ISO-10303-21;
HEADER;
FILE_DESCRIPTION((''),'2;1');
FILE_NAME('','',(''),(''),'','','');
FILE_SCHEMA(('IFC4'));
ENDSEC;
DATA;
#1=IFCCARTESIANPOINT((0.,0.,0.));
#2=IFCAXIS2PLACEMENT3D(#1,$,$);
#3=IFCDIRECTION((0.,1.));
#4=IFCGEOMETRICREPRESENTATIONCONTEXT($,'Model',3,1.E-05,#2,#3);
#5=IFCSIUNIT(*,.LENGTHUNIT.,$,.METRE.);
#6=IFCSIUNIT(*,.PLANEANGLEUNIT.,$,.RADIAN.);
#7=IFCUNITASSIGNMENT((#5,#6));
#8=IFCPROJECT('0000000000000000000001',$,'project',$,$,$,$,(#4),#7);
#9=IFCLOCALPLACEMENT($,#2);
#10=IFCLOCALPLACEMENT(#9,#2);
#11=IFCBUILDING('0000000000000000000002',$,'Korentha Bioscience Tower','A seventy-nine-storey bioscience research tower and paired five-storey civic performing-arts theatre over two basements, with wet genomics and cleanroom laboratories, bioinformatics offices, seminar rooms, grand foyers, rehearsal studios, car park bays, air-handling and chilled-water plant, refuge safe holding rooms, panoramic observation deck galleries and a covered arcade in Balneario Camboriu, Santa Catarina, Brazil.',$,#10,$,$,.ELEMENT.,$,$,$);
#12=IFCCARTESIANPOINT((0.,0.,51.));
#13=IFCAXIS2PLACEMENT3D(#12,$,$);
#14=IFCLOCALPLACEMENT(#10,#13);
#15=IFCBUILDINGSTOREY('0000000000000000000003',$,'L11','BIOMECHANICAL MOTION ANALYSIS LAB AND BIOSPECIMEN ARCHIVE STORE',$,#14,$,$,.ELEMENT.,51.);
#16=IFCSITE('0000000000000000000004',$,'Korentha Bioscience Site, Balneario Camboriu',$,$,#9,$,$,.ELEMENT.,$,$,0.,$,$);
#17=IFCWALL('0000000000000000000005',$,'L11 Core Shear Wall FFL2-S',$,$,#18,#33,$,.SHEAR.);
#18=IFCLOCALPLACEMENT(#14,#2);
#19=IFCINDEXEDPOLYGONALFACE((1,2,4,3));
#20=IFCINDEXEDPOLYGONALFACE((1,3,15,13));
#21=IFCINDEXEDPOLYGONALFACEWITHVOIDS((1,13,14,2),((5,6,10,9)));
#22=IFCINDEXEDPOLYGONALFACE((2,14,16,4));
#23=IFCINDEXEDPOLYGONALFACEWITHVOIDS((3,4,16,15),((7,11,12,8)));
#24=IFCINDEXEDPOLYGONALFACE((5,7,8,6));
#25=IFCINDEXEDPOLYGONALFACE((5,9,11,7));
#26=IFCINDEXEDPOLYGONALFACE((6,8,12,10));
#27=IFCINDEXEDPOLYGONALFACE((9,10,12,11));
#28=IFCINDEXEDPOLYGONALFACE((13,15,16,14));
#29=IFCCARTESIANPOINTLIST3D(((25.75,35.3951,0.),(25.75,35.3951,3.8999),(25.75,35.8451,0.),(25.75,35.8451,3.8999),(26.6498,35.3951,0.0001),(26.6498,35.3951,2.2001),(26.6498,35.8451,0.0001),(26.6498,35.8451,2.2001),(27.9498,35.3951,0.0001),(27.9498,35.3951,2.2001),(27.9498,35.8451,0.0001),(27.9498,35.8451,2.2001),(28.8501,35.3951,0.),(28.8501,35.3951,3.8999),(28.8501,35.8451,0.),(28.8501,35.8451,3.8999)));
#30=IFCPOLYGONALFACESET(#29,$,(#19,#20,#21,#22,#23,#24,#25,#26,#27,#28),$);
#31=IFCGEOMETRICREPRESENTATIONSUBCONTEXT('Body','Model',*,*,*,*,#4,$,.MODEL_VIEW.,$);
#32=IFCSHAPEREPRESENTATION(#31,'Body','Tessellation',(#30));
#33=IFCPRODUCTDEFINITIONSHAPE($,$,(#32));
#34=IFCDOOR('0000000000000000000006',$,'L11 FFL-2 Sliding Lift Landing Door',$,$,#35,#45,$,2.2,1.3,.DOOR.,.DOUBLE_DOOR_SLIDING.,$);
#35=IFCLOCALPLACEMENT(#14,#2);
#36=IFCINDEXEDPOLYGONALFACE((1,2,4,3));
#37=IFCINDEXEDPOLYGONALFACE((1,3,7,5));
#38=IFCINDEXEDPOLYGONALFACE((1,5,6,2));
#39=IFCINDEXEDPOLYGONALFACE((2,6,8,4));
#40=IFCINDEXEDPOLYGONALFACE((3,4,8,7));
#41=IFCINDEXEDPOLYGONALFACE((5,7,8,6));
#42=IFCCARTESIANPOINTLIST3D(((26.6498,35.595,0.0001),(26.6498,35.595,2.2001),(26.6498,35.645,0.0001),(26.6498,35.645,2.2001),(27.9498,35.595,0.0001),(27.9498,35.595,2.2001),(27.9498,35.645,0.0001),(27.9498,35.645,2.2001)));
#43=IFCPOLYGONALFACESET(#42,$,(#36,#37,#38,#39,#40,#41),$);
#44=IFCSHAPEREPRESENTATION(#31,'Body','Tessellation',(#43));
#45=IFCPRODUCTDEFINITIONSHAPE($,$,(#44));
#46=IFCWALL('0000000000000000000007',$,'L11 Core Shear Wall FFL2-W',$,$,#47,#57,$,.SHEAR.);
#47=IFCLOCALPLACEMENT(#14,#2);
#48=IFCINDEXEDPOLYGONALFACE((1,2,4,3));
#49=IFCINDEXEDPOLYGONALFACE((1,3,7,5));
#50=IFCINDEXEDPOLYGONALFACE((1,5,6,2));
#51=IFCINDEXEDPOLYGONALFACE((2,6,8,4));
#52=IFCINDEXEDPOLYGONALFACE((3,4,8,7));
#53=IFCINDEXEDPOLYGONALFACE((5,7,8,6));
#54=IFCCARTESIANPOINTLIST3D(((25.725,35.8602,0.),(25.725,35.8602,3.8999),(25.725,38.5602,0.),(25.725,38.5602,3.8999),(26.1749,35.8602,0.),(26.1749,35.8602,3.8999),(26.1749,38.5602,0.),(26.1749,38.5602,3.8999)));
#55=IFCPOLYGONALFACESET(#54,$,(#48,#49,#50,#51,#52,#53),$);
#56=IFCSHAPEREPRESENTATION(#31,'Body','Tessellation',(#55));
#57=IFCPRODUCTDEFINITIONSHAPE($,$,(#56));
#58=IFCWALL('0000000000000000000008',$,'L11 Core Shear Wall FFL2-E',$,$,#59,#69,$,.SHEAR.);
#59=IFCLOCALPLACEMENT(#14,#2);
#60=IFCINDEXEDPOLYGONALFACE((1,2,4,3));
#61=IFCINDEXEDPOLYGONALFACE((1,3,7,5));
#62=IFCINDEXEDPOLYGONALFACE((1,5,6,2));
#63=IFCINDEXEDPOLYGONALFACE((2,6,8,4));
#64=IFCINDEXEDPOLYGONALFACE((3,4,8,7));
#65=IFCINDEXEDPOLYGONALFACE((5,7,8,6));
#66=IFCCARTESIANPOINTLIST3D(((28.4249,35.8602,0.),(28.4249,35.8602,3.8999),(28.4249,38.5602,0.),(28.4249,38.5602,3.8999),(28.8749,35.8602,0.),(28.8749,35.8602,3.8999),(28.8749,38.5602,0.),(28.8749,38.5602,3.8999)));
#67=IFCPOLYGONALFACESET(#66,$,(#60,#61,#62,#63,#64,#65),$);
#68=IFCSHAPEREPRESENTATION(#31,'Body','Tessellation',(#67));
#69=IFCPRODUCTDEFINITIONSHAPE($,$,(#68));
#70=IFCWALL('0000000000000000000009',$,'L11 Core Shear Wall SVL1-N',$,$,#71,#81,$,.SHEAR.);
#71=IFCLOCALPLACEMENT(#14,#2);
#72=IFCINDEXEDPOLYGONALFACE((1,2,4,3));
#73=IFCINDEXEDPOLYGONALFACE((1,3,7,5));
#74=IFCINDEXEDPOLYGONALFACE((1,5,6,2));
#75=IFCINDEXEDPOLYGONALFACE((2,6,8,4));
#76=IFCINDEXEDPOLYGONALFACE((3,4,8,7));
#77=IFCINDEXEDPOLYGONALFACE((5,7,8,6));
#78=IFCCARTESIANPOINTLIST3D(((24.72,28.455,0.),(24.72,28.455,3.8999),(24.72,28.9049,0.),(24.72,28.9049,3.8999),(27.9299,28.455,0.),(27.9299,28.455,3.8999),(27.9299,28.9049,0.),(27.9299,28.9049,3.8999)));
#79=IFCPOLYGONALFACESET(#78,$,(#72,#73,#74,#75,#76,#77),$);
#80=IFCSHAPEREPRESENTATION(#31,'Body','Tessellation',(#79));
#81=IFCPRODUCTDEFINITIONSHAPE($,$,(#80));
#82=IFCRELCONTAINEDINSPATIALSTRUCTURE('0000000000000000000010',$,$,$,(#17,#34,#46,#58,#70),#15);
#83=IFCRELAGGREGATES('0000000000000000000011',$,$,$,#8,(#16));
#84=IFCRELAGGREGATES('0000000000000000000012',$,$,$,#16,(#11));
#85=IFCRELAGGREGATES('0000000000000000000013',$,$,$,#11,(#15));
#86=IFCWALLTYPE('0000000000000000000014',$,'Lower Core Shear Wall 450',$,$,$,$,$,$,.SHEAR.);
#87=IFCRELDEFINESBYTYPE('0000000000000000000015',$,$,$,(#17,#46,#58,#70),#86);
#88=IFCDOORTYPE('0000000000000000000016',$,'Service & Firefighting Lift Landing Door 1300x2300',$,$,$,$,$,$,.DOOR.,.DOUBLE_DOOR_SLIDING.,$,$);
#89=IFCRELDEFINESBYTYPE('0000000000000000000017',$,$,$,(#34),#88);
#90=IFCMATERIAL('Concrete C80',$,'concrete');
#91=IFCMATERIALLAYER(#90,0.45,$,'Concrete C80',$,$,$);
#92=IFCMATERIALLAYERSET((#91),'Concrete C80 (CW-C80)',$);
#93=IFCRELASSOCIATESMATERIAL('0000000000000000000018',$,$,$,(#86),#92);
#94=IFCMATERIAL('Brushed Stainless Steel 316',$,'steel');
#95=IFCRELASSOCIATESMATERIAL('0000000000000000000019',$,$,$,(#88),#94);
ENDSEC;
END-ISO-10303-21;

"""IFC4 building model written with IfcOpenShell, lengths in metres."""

from ifc_helpers import new_model, si_unit, direction, frame, frame_2d, origin, place, context, subcontext, project, spatial, rectangle, extrude, material, layer, layer_set, type_object, element, fill, save


model = new_model("IFC4")

# Units and contexts
model_context = context("Model", 3, precision=1e-05, world=origin(), true_north=direction((0.0, 1.0)))
body_context = subcontext(model_context, "Body", "Model", "MODEL_VIEW")
ifc_project = project(units=[si_unit("LENGTHUNIT", "METRE"), si_unit("PLANEANGLEUNIT", "RADIAN")], contexts=[model_context])

# Site, building, storey
site_placement = place(None, origin())
site = spatial("IfcSite", under=ifc_project, at=site_placement, Name="Korentha Bioscience Site, Balneario Camboriu", CompositionType="ELEMENT", RefElevation=0.0)
building_placement = place(site_placement, origin())
building = spatial("IfcBuilding", under=site, at=building_placement, Name="Korentha Bioscience Tower", Description="A seventy-nine-storey bioscience research tower and paired five-storey civic performing-arts theatre over two basements, with wet genomics and cleanroom laboratories, bioinformatics offices, seminar rooms, grand foyers, rehearsal studios, car park bays, air-handling and chilled-water plant, refuge safe holding rooms, panoramic observation deck galleries and a covered arcade in Balneario Camboriu, Santa Catarina, Brazil.", CompositionType="ELEMENT")
storey_placement = place(building_placement, frame((0.0, 0.0, 51.0)))
storey = spatial("IfcBuildingStorey", under=building, at=storey_placement, Name="L11", Description="BIOMECHANICAL MOTION ANALYSIS LAB AND BIOSPECIMEN ARCHIVE STORE", CompositionType="ELEMENT", Elevation=51.0)

# Shared definitions
ifc_material_1 = material(Name="Concrete C80", Category="concrete")
ifc_layer_1 = layer(ifc_material_1, 0.45, Name="Concrete C80")
ifc_layer_set_1 = layer_set([ifc_layer_1], Name="Concrete C80 (CW-C80)")
wall_type_1 = type_object("IfcWallType", Name="Lower Core Shear Wall 450", PredefinedType="SHEAR", material=ifc_layer_set_1)

# Wall, opening, door
wall_1_placement = place(storey_placement, frame((25.75, 35.6201, 0.0), z_axis=(0.0, 0.0, 1.0), x_axis=(1.0, 0.0, 0.0)))
wall_1 = element("IfcWall", 1, at=wall_1_placement, inside=storey, type_object=wall_type_1, Name="L11 Core Shear Wall FFL2-S", PredefinedType="SHEAR", context=body_context, shape_type="SweptSolid", body=[
    extrude(rectangle(XDim=3.1001, YDim=0.45, at=frame_2d((1.55, 0.0))), origin(), (0.0, 0.0, 1.0), 3.8999),
])
opening_1_placement = place(wall_1_placement, frame((0.8999, 0.0, 0.0)))
opening_1 = element("IfcOpeningElement", 2, at=opening_1_placement, cuts=wall_1, PredefinedType="OPENING", context=body_context, shape_type="SweptSolid", body=[
    extrude(rectangle(XDim=1.3, YDim=2.2, at=frame_2d((0.6499, 1.1001))), frame((0.0, 0.2397, 0.0), z_axis=(0.0, -1.0, 0.0), x_axis=(1.0, 0.0, 0.0)), (0.0, 0.0, 1.0), 0.4797),
])
ifc_material_2 = material(Name="Brushed Stainless Steel 316", Category="steel")
door_type_1 = type_object("IfcDoorType", Name="Service & Firefighting Lift Landing Door 1300x2300", OperationType="DOUBLE_DOOR_SLIDING", PredefinedType="DOOR", material=ifc_material_2)
door_1_placement = place(opening_1_placement, origin())
door_1 = element("IfcDoor", 3, at=door_1_placement, inside=storey, type_object=door_type_1, Name="L11 FFL-2 Sliding Lift Landing Door", OperationType="DOUBLE_DOOR_SLIDING", OverallHeight=2.2, OverallWidth=1.3, PredefinedType="DOOR", context=body_context, shape_type="SweptSolid", body=[
    extrude(rectangle(XDim=1.3, YDim=2.2, at=frame_2d((0.6499, 1.1001))), frame((0.0, 0.0249, 0.0), z_axis=(0.0, -1.0, 0.0), x_axis=(1.0, 0.0, 0.0)), (0.0, 0.0, 1.0), 0.05),
])
fill(opening_1, door_1)

# Walls
for number, where, z_axis, x_axis, name in (
    (4, (25.95, 35.8601, 0.0), (0.0, 0.0, 1.0), (0.0, 1.0, 0.0), "L11 Core Shear Wall FFL2-W"),
    (5, (28.6499, 35.8601, 0.0), (0.0, 0.0, 1.0), (0.0, 1.0, 0.0), "L11 Core Shear Wall FFL2-E"),
):
    element("IfcWall", number, at=place(storey_placement, frame(where, z_axis=z_axis, x_axis=x_axis)), inside=storey, type_object=wall_type_1, Name=name, PredefinedType="SHEAR", context=body_context, shape_type="SweptSolid", body=[
        extrude(rectangle(XDim=2.7, YDim=0.45, at=frame_2d((1.3501, 0.0))), origin(), (0.0, 0.0, 1.0), 3.8999),
    ])
wall_2_placement = place(storey_placement, frame((24.72, 28.6799, 0.0), z_axis=(0.0, 0.0, 1.0), x_axis=(1.0, 0.0, 0.0)))
element("IfcWall", 6, at=wall_2_placement, inside=storey, type_object=wall_type_1, Name="L11 Core Shear Wall SVL1-N", PredefinedType="SHEAR", context=body_context, shape_type="SweptSolid", body=[
    extrude(rectangle(XDim=3.21, YDim=0.45, at=frame_2d((1.605, 0.0))), origin(), (0.0, 0.0, 1.0), 3.8999),
])

save(model, "model.ifc")
